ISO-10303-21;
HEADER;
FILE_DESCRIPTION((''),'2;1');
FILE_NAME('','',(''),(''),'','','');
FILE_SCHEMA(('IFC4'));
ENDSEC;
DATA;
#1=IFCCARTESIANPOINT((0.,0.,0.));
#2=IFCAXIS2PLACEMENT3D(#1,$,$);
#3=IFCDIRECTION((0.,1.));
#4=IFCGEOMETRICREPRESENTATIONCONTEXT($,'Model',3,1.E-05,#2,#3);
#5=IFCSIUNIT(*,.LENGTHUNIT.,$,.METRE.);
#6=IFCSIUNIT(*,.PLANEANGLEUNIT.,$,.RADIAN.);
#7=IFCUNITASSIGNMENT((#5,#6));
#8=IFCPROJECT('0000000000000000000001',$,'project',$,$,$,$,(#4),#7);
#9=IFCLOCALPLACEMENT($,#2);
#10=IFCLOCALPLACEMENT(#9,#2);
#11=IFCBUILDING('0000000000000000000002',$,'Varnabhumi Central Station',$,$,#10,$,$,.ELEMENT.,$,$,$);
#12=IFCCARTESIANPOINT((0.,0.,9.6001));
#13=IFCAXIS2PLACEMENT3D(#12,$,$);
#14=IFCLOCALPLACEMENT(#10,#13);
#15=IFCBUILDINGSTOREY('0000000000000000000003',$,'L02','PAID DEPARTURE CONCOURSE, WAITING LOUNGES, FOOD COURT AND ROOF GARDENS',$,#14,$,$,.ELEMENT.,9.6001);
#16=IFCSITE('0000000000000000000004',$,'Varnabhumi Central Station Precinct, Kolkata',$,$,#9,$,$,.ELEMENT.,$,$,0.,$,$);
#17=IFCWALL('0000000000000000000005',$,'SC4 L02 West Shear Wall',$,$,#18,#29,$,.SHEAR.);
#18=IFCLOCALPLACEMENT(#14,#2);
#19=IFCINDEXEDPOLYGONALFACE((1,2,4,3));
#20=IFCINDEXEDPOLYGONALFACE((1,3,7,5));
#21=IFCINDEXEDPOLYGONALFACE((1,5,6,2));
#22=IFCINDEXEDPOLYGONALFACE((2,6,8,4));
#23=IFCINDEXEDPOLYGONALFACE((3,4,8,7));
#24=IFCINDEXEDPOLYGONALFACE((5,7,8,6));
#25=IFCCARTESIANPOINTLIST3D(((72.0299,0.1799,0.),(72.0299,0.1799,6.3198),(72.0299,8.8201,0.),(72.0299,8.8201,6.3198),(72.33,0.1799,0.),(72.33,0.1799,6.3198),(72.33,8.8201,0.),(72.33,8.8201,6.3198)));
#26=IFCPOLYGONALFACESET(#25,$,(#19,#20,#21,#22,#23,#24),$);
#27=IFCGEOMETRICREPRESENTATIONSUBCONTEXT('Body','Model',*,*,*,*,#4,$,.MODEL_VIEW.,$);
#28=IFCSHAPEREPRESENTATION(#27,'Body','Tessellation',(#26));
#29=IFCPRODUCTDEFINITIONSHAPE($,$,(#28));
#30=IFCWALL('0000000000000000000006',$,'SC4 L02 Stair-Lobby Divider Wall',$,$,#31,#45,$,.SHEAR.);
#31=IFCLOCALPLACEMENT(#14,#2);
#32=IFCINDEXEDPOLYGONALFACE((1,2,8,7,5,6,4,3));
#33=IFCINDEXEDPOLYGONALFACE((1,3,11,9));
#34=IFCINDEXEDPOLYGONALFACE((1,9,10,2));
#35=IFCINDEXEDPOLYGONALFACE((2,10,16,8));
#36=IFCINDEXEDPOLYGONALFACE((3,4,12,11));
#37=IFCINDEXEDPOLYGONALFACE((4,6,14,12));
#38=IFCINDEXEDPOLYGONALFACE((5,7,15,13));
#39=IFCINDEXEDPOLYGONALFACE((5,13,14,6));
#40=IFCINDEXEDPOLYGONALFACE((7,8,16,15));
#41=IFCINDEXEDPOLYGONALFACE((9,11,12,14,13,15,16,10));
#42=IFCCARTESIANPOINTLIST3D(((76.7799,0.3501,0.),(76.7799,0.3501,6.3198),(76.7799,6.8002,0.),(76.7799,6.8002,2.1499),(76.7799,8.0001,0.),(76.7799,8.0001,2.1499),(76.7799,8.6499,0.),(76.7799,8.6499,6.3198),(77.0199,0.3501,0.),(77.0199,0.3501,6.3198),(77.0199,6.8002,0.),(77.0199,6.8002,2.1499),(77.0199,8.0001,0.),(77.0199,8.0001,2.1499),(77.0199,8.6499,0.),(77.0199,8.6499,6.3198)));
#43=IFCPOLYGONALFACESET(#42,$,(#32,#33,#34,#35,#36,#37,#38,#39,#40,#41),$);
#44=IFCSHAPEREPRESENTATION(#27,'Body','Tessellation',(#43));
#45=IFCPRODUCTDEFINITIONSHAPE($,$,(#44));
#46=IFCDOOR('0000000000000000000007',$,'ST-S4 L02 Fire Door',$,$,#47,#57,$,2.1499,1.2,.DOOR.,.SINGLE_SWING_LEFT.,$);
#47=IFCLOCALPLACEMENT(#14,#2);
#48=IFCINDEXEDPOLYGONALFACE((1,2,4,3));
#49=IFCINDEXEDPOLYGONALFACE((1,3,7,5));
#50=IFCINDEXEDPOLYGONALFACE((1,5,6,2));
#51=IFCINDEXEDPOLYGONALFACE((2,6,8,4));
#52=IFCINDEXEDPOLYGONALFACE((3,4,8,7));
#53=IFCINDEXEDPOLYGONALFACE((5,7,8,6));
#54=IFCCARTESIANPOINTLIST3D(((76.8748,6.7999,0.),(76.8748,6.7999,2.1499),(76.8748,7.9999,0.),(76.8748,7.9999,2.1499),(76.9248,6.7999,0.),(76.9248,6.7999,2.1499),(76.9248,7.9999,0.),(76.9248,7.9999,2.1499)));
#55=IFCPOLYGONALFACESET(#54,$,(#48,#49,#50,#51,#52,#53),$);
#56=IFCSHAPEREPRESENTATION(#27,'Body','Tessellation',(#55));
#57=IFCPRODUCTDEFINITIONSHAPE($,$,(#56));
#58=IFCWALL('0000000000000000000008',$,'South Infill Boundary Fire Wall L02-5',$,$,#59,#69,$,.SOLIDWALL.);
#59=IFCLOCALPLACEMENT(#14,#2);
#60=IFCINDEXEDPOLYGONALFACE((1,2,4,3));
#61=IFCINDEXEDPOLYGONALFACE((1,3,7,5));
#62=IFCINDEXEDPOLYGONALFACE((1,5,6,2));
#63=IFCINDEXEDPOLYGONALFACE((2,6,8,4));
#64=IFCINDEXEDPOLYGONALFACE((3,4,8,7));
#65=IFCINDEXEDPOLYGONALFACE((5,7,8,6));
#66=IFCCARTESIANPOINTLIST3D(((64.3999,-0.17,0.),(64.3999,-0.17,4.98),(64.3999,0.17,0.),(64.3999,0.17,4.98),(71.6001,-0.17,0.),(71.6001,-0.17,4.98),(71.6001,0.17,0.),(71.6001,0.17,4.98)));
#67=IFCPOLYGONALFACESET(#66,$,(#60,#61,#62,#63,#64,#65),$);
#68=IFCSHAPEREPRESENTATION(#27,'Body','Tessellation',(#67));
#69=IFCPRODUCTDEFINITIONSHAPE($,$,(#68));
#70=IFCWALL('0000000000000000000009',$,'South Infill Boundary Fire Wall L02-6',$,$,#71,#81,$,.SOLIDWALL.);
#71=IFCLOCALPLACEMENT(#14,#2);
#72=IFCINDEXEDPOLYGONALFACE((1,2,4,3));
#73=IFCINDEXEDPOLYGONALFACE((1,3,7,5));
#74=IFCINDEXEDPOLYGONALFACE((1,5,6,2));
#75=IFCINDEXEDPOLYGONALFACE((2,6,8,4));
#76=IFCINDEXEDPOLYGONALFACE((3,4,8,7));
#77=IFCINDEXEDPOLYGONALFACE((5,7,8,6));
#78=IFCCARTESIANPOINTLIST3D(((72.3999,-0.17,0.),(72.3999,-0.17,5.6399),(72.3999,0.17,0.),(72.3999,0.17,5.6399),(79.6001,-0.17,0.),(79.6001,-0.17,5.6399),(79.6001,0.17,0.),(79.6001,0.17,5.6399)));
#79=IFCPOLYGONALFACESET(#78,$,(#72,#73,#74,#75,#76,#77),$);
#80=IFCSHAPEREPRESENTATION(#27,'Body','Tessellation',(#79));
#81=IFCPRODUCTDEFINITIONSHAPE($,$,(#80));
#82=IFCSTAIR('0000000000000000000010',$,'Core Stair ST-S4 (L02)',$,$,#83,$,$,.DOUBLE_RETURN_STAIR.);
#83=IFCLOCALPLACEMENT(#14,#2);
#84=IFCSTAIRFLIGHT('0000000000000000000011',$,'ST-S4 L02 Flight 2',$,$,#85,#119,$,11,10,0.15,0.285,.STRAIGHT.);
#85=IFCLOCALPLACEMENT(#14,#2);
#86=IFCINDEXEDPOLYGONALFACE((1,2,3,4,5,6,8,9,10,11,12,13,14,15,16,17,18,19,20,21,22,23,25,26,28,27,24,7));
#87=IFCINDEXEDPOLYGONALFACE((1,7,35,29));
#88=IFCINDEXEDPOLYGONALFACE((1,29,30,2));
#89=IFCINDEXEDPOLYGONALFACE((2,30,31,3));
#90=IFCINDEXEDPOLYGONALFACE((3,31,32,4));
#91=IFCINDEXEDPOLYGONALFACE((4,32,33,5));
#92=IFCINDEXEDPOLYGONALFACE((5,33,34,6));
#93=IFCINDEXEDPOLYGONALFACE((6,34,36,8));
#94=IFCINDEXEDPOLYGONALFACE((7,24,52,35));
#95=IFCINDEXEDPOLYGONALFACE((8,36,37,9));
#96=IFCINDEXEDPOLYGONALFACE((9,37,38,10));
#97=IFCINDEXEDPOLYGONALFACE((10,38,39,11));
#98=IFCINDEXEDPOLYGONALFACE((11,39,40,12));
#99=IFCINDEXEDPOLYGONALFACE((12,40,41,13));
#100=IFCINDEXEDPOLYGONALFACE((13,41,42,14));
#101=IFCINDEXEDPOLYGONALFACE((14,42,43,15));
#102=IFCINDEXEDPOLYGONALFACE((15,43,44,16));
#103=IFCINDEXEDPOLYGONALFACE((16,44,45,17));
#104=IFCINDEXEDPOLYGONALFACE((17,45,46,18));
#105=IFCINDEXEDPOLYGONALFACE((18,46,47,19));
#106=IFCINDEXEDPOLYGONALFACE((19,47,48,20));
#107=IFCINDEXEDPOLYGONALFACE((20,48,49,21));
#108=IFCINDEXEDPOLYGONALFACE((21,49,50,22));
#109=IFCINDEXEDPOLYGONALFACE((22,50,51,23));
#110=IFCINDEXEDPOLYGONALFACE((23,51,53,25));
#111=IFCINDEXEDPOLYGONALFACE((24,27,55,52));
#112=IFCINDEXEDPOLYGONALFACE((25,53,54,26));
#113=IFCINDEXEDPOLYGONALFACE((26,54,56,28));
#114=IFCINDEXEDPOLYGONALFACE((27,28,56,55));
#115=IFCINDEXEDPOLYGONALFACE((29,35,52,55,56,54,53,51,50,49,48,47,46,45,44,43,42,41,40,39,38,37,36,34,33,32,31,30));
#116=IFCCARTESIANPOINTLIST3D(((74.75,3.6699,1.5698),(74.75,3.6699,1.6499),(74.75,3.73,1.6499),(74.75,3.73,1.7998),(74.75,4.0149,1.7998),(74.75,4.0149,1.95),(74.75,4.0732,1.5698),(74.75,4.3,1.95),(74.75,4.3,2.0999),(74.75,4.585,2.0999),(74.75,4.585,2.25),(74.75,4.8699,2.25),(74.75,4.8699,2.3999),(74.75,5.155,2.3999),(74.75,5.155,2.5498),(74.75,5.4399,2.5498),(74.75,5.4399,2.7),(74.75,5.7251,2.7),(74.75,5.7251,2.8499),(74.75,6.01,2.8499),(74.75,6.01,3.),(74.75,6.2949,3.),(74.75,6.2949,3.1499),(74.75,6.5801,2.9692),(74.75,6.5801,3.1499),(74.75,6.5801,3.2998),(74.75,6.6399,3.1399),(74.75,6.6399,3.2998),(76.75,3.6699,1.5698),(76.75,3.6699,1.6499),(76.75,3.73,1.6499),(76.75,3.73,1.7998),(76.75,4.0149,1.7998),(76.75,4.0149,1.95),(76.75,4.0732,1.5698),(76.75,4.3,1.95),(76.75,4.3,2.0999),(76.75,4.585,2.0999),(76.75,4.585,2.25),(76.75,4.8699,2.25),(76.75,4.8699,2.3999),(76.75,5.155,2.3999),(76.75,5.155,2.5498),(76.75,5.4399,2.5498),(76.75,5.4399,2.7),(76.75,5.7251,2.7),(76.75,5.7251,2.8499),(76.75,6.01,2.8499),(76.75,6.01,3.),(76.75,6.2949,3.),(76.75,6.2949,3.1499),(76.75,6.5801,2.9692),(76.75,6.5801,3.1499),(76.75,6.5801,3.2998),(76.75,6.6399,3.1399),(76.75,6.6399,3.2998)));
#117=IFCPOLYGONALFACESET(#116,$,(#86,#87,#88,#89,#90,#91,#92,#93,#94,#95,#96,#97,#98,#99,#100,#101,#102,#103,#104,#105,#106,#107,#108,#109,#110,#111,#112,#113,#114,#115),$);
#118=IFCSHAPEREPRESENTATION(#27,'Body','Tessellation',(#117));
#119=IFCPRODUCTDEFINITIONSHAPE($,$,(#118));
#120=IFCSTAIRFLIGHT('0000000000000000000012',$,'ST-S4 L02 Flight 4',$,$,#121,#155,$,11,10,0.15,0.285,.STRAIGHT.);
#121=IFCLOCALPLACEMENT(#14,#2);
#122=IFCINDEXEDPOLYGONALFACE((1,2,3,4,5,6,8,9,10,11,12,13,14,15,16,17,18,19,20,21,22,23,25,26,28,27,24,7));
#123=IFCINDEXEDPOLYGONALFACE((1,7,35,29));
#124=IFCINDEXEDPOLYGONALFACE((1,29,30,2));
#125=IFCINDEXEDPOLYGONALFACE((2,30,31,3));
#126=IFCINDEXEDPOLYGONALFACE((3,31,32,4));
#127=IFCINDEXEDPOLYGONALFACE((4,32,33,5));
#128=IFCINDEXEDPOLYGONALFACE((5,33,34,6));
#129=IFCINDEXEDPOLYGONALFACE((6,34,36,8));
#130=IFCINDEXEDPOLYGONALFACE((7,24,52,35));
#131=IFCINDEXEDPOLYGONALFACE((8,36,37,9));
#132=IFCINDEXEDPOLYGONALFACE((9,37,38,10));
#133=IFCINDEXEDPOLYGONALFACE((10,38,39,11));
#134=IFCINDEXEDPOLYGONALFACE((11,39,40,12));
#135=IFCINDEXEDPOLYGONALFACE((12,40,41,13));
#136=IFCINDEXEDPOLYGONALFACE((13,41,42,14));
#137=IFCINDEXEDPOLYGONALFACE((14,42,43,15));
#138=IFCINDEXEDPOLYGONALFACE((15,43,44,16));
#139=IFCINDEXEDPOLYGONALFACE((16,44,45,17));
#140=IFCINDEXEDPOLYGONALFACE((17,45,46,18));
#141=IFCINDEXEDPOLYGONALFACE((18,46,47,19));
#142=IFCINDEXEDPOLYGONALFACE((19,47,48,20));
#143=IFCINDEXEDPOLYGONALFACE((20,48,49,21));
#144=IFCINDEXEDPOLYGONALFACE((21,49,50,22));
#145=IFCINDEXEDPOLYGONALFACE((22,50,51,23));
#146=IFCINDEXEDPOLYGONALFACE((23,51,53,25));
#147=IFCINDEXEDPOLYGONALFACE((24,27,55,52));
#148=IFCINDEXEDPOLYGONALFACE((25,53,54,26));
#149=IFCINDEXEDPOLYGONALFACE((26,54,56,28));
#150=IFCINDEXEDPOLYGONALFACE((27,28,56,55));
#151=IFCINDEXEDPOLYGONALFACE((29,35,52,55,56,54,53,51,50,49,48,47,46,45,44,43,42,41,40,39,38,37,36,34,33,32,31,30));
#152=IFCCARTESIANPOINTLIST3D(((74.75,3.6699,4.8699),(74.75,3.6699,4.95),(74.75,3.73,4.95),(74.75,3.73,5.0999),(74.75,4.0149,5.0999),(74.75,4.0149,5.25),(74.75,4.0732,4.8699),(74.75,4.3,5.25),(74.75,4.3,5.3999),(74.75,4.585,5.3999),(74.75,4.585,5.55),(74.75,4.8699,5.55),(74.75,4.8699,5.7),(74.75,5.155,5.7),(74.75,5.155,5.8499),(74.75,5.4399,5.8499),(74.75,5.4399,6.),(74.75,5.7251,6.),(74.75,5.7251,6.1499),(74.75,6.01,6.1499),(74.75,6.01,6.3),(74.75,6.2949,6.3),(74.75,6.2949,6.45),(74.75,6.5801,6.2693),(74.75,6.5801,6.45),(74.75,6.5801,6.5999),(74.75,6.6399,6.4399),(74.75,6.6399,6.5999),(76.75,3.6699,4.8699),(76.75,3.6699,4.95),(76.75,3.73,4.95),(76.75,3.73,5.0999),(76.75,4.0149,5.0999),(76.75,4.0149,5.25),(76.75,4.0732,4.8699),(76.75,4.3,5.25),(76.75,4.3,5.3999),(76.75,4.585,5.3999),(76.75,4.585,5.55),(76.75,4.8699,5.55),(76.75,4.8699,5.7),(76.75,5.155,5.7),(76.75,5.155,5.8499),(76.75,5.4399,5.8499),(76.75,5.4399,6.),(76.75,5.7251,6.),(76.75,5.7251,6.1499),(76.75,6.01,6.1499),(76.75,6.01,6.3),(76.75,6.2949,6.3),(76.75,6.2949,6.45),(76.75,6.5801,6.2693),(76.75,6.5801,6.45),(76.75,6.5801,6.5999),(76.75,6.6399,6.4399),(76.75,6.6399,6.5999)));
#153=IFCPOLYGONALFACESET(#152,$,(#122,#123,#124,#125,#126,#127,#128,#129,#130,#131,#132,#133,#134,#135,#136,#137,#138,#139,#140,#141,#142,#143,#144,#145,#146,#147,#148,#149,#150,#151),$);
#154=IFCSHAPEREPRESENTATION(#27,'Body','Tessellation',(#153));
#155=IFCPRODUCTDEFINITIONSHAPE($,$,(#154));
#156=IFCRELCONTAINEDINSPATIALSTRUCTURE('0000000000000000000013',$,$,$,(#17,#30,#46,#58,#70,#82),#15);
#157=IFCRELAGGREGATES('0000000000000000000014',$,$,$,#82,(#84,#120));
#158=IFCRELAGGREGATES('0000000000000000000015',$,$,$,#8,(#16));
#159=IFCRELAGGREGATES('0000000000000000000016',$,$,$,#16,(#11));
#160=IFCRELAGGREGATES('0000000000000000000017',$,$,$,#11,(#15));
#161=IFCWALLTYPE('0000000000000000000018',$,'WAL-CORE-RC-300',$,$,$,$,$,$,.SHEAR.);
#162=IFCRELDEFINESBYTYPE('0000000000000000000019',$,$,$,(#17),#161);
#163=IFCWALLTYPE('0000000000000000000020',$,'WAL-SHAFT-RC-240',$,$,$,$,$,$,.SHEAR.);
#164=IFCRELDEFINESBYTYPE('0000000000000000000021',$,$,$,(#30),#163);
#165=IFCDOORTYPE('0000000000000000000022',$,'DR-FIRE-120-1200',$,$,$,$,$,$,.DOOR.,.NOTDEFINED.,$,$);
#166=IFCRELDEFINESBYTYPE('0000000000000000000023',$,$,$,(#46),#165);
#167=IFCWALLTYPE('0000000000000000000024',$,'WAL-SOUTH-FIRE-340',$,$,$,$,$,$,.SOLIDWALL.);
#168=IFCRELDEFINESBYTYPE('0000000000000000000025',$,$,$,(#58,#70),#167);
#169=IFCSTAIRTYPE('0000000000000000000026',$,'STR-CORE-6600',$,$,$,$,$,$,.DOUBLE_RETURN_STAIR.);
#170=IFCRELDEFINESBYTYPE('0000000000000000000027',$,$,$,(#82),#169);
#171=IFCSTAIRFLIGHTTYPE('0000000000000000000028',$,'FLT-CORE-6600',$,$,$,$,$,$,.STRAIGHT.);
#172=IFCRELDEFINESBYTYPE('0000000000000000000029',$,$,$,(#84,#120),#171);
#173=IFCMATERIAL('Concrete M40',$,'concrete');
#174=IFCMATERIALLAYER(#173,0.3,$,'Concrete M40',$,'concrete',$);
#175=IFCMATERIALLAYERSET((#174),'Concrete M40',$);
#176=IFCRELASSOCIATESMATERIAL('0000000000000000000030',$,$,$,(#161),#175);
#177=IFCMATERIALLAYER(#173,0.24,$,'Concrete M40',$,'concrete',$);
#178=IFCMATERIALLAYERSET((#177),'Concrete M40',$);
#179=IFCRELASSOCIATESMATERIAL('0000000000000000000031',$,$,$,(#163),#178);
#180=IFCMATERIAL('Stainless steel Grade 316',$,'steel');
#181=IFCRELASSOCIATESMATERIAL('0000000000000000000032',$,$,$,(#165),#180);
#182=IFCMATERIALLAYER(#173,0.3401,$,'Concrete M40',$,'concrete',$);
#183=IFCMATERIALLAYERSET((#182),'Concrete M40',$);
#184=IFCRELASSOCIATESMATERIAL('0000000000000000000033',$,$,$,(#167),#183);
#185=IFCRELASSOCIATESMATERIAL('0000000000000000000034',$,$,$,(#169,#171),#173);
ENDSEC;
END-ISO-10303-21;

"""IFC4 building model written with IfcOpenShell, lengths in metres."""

from ifc_helpers import new_model, si_unit, direction, frame, frame_2d, origin, place, context, subcontext, project, spatial, polyline, rectangle, outline, extrude, material, layer, layer_set, type_object, element, fill, aggregate, save


model = new_model("IFC4")

# Units and contexts
model_context = context("Model", 3, precision=1e-05, world=origin(), true_north=direction((0.0, 1.0)))
body_context = subcontext(model_context, "Body", "Model", "MODEL_VIEW")
ifc_project = project(units=[si_unit("LENGTHUNIT", "METRE"), si_unit("PLANEANGLEUNIT", "RADIAN")], contexts=[model_context])

# Site, building, storey
site_placement = place(None, origin())
site = spatial("IfcSite", under=ifc_project, at=site_placement, Name="Varnabhumi Central Station Precinct, Kolkata", CompositionType="ELEMENT", RefElevation=0.0)
building_placement = place(site_placement, origin())
building = spatial("IfcBuilding", under=site, at=building_placement, Name="Varnabhumi Central Station", CompositionType="ELEMENT")
storey_placement = place(building_placement, frame((0.0, 0.0, 9.6001)))
storey = spatial("IfcBuildingStorey", under=building, at=storey_placement, Name="L02", Description="PAID DEPARTURE CONCOURSE, WAITING LOUNGES, FOOD COURT AND ROOF GARDENS", CompositionType="ELEMENT", Elevation=9.6001)

# Shared definitions
ifc_material_1 = material(Name="Concrete M40", Category="concrete")

# Wall
ifc_layer_1 = layer(ifc_material_1, 0.3, Name="Concrete M40", Category="concrete")
ifc_layer_set_1 = layer_set([ifc_layer_1], Name="Concrete M40")
wall_type_1 = type_object("IfcWallType", Name="WAL-CORE-RC-300", PredefinedType="SHEAR", material=ifc_layer_set_1)
wall_1_placement = place(storey_placement, frame((72.1799, 0.1799, 0.0), z_axis=(0.0, 0.0, 1.0), x_axis=(0.0, 1.0, 0.0)))
element("IfcWall", 1, at=wall_1_placement, inside=storey, type_object=wall_type_1, Name="SC4 L02 West Shear Wall", PredefinedType="SHEAR", context=body_context, shape_type="SweptSolid", body=[
    extrude(rectangle(XDim=8.6401, YDim=0.3, at=frame_2d((4.3201, 0.0))), origin(), (0.0, 0.0, 1.0), 6.3198),
])

# Wall, opening, door
ifc_layer_2 = layer(ifc_material_1, 0.24, Name="Concrete M40", Category="concrete")
ifc_layer_set_2 = layer_set([ifc_layer_2], Name="Concrete M40")
wall_type_2 = type_object("IfcWallType", Name="WAL-SHAFT-RC-240", PredefinedType="SHEAR", material=ifc_layer_set_2)
wall_2_placement = place(storey_placement, frame((76.8999, 0.3501, 0.0), z_axis=(0.0, 0.0, 1.0), x_axis=(0.0, 1.0, 0.0)))
wall_2 = element("IfcWall", 2, at=wall_2_placement, inside=storey, type_object=wall_type_2, Name="SC4 L02 Stair-Lobby Divider Wall", PredefinedType="SHEAR", context=body_context, shape_type="SweptSolid", body=[
    extrude(rectangle(XDim=8.2998, YDim=0.24, at=frame_2d((4.1499, 0.0))), origin(), (0.0, 0.0, 1.0), 6.3198),
])
opening_1_placement = place(wall_2_placement, frame((6.45, 0.0, 0.0)))
opening_1 = element("IfcOpeningElement", 3, at=opening_1_placement, cuts=wall_2, PredefinedType="OPENING", context=body_context, shape_type="SweptSolid", body=[
    extrude(rectangle(XDim=1.2, YDim=2.1499, at=frame_2d((0.6001, 1.075))), frame((0.0, 0.1299, 0.0), z_axis=(0.0, -1.0, 0.0), x_axis=(1.0, 0.0, 0.0)), (0.0, 0.0, 1.0), 0.26),
])
ifc_material_2 = material(Name="Stainless steel Grade 316", Category="steel")
door_type_1 = type_object("IfcDoorType", Name="DR-FIRE-120-1200", OperationType="NOTDEFINED", PredefinedType="DOOR", material=ifc_material_2)
door_1_placement = place(opening_1_placement, frame((1.2, 0.0, 0.0), z_axis=(0.0, 0.0, 1.0), x_axis=(-1.0, 0.0, 0.0)))
door_1 = element("IfcDoor", 4, at=door_1_placement, inside=storey, type_object=door_type_1, Name="ST-S4 L02 Fire Door", OperationType="SINGLE_SWING_LEFT", OverallHeight=2.1499, OverallWidth=1.2, PredefinedType="DOOR", context=body_context, shape_type="SweptSolid", body=[
    extrude(rectangle(XDim=1.2, YDim=2.1499, at=frame_2d((0.6001, 1.075))), frame((0.0, 0.0249, 0.0), z_axis=(0.0, -1.0, 0.0), x_axis=(1.0, 0.0, 0.0)), (0.0, 0.0, 1.0), 0.05),
])
fill(opening_1, door_1)

# Walls
ifc_layer_3 = layer(ifc_material_1, 0.3401, Name="Concrete M40", Category="concrete")
ifc_layer_set_3 = layer_set([ifc_layer_3], Name="Concrete M40")
wall_type_3 = type_object("IfcWallType", Name="WAL-SOUTH-FIRE-340", PredefinedType="SOLIDWALL", material=ifc_layer_set_3)
wall_3_placement = place(storey_placement, frame((64.3999, 0.0, 0.0), z_axis=(0.0, 0.0, 1.0), x_axis=(1.0, 0.0, 0.0)))
element("IfcWall", 5, at=wall_3_placement, inside=storey, type_object=wall_type_3, Name="South Infill Boundary Fire Wall L02-5", PredefinedType="SOLIDWALL", context=body_context, shape_type="SweptSolid", body=[
    extrude(rectangle(XDim=7.2002, YDim=0.3401, at=frame_2d((3.6001, 0.0))), origin(), (0.0, 0.0, 1.0), 4.98),
])
wall_4_placement = place(storey_placement, frame((72.3999, 0.0, 0.0), z_axis=(0.0, 0.0, 1.0), x_axis=(1.0, 0.0, 0.0)))
element("IfcWall", 6, at=wall_4_placement, inside=storey, type_object=wall_type_3, Name="South Infill Boundary Fire Wall L02-6", PredefinedType="SOLIDWALL", context=body_context, shape_type="SweptSolid", body=[
    extrude(rectangle(XDim=7.2002, YDim=0.3401, at=frame_2d((3.6001, 0.0))), origin(), (0.0, 0.0, 1.0), 5.6399),
])

# Stair, stair flights
stair_type = type_object("IfcStairType", Name="STR-CORE-6600", PredefinedType="DOUBLE_RETURN_STAIR", material=ifc_material_1)
stair_placement = place(storey_placement, origin())
stair = element("IfcStair", 7, at=stair_placement, inside=storey, type_object=stair_type, Name="Core Stair ST-S4 (L02)", PredefinedType="DOUBLE_RETURN_STAIR")
stair_flight_type = type_object("IfcStairFlightType", Name="FLT-CORE-6600", PredefinedType="STRAIGHT", material=ifc_material_1)
stair_flight_1_placement = place(storey_placement, frame((75.75, 3.73, 1.6499), z_axis=(0.0, 0.0, 1.0), x_axis=(0.0, 1.0, 0.0)))
stair_flight_1 = element("IfcStairFlight", 8, at=stair_flight_1_placement, type_object=stair_flight_type, Name="ST-S4 L02 Flight 2", NumberOfRisers=11, NumberOfTreads=10, PredefinedType="STRAIGHT", RiserHeight=0.15, TreadLength=0.285, context=body_context, shape_type="SweptSolid", body=[
    extrude(outline(polyline([(-0.0601, -0.0801), (-0.0601, 0.0), (0.0, 0.0), (0.0, 0.1499), (0.2849, 0.1499), (0.2849, 0.3), (0.5701, 0.3), (0.5701, 0.45), (0.855, 0.45), (0.855, 0.6001), (1.1399, 0.6001), (1.1399, 0.75), (1.425, 0.75), (1.425, 0.8999), (1.71, 0.8999), (1.71, 1.05), (1.9951, 1.05), (1.9951, 1.2), (2.28, 1.2), (2.28, 1.3501), (2.5649, 1.3501), (2.5649, 1.5), (2.8501, 1.5), (2.8501, 1.6499), (2.9099, 1.6499), (2.9099, 1.49), (2.8501, 1.3193), (0.3433, -0.0801), (-0.0601, -0.0801)])), frame((0.0, 1.0, 0.0), z_axis=(0.0, -1.0, 0.0), x_axis=(1.0, 0.0, 0.0)), (0.0, 0.0, 1.0), 2.0),
])
stair_flight_2_placement = place(storey_placement, frame((75.75, 3.73, 4.95), z_axis=(0.0, 0.0, 1.0), x_axis=(0.0, 1.0, 0.0)))
stair_flight_2 = element("IfcStairFlight", 9, at=stair_flight_2_placement, type_object=stair_flight_type, Name="ST-S4 L02 Flight 4", NumberOfRisers=11, NumberOfTreads=10, PredefinedType="STRAIGHT", RiserHeight=0.15, TreadLength=0.285, context=body_context, shape_type="SweptSolid", body=[
    extrude(outline(polyline([(-0.0601, -0.0801), (-0.0601, 0.0), (0.0, 0.0), (0.0, 0.1499), (0.2849, 0.1499), (0.2849, 0.3), (0.5701, 0.3), (0.5701, 0.45), (0.855, 0.45), (0.855, 0.6001), (1.1399, 0.6001), (1.1399, 0.75), (1.425, 0.75), (1.425, 0.8999), (1.71, 0.8999), (1.71, 1.05), (1.9951, 1.05), (1.9951, 1.2), (2.28, 1.2), (2.28, 1.3501), (2.5649, 1.3501), (2.5649, 1.5), (2.8501, 1.5), (2.8501, 1.6499), (2.9099, 1.6499), (2.9099, 1.49), (2.8501, 1.3193), (0.3433, -0.0801), (-0.0601, -0.0801)])), frame((0.0, 1.0, 0.0), z_axis=(0.0, -1.0, 0.0), x_axis=(1.0, 0.0, 0.0)), (0.0, 0.0, 1.0), 2.0),
])
aggregate(stair, [stair_flight_1, stair_flight_2])

save(model, "model.ifc")
